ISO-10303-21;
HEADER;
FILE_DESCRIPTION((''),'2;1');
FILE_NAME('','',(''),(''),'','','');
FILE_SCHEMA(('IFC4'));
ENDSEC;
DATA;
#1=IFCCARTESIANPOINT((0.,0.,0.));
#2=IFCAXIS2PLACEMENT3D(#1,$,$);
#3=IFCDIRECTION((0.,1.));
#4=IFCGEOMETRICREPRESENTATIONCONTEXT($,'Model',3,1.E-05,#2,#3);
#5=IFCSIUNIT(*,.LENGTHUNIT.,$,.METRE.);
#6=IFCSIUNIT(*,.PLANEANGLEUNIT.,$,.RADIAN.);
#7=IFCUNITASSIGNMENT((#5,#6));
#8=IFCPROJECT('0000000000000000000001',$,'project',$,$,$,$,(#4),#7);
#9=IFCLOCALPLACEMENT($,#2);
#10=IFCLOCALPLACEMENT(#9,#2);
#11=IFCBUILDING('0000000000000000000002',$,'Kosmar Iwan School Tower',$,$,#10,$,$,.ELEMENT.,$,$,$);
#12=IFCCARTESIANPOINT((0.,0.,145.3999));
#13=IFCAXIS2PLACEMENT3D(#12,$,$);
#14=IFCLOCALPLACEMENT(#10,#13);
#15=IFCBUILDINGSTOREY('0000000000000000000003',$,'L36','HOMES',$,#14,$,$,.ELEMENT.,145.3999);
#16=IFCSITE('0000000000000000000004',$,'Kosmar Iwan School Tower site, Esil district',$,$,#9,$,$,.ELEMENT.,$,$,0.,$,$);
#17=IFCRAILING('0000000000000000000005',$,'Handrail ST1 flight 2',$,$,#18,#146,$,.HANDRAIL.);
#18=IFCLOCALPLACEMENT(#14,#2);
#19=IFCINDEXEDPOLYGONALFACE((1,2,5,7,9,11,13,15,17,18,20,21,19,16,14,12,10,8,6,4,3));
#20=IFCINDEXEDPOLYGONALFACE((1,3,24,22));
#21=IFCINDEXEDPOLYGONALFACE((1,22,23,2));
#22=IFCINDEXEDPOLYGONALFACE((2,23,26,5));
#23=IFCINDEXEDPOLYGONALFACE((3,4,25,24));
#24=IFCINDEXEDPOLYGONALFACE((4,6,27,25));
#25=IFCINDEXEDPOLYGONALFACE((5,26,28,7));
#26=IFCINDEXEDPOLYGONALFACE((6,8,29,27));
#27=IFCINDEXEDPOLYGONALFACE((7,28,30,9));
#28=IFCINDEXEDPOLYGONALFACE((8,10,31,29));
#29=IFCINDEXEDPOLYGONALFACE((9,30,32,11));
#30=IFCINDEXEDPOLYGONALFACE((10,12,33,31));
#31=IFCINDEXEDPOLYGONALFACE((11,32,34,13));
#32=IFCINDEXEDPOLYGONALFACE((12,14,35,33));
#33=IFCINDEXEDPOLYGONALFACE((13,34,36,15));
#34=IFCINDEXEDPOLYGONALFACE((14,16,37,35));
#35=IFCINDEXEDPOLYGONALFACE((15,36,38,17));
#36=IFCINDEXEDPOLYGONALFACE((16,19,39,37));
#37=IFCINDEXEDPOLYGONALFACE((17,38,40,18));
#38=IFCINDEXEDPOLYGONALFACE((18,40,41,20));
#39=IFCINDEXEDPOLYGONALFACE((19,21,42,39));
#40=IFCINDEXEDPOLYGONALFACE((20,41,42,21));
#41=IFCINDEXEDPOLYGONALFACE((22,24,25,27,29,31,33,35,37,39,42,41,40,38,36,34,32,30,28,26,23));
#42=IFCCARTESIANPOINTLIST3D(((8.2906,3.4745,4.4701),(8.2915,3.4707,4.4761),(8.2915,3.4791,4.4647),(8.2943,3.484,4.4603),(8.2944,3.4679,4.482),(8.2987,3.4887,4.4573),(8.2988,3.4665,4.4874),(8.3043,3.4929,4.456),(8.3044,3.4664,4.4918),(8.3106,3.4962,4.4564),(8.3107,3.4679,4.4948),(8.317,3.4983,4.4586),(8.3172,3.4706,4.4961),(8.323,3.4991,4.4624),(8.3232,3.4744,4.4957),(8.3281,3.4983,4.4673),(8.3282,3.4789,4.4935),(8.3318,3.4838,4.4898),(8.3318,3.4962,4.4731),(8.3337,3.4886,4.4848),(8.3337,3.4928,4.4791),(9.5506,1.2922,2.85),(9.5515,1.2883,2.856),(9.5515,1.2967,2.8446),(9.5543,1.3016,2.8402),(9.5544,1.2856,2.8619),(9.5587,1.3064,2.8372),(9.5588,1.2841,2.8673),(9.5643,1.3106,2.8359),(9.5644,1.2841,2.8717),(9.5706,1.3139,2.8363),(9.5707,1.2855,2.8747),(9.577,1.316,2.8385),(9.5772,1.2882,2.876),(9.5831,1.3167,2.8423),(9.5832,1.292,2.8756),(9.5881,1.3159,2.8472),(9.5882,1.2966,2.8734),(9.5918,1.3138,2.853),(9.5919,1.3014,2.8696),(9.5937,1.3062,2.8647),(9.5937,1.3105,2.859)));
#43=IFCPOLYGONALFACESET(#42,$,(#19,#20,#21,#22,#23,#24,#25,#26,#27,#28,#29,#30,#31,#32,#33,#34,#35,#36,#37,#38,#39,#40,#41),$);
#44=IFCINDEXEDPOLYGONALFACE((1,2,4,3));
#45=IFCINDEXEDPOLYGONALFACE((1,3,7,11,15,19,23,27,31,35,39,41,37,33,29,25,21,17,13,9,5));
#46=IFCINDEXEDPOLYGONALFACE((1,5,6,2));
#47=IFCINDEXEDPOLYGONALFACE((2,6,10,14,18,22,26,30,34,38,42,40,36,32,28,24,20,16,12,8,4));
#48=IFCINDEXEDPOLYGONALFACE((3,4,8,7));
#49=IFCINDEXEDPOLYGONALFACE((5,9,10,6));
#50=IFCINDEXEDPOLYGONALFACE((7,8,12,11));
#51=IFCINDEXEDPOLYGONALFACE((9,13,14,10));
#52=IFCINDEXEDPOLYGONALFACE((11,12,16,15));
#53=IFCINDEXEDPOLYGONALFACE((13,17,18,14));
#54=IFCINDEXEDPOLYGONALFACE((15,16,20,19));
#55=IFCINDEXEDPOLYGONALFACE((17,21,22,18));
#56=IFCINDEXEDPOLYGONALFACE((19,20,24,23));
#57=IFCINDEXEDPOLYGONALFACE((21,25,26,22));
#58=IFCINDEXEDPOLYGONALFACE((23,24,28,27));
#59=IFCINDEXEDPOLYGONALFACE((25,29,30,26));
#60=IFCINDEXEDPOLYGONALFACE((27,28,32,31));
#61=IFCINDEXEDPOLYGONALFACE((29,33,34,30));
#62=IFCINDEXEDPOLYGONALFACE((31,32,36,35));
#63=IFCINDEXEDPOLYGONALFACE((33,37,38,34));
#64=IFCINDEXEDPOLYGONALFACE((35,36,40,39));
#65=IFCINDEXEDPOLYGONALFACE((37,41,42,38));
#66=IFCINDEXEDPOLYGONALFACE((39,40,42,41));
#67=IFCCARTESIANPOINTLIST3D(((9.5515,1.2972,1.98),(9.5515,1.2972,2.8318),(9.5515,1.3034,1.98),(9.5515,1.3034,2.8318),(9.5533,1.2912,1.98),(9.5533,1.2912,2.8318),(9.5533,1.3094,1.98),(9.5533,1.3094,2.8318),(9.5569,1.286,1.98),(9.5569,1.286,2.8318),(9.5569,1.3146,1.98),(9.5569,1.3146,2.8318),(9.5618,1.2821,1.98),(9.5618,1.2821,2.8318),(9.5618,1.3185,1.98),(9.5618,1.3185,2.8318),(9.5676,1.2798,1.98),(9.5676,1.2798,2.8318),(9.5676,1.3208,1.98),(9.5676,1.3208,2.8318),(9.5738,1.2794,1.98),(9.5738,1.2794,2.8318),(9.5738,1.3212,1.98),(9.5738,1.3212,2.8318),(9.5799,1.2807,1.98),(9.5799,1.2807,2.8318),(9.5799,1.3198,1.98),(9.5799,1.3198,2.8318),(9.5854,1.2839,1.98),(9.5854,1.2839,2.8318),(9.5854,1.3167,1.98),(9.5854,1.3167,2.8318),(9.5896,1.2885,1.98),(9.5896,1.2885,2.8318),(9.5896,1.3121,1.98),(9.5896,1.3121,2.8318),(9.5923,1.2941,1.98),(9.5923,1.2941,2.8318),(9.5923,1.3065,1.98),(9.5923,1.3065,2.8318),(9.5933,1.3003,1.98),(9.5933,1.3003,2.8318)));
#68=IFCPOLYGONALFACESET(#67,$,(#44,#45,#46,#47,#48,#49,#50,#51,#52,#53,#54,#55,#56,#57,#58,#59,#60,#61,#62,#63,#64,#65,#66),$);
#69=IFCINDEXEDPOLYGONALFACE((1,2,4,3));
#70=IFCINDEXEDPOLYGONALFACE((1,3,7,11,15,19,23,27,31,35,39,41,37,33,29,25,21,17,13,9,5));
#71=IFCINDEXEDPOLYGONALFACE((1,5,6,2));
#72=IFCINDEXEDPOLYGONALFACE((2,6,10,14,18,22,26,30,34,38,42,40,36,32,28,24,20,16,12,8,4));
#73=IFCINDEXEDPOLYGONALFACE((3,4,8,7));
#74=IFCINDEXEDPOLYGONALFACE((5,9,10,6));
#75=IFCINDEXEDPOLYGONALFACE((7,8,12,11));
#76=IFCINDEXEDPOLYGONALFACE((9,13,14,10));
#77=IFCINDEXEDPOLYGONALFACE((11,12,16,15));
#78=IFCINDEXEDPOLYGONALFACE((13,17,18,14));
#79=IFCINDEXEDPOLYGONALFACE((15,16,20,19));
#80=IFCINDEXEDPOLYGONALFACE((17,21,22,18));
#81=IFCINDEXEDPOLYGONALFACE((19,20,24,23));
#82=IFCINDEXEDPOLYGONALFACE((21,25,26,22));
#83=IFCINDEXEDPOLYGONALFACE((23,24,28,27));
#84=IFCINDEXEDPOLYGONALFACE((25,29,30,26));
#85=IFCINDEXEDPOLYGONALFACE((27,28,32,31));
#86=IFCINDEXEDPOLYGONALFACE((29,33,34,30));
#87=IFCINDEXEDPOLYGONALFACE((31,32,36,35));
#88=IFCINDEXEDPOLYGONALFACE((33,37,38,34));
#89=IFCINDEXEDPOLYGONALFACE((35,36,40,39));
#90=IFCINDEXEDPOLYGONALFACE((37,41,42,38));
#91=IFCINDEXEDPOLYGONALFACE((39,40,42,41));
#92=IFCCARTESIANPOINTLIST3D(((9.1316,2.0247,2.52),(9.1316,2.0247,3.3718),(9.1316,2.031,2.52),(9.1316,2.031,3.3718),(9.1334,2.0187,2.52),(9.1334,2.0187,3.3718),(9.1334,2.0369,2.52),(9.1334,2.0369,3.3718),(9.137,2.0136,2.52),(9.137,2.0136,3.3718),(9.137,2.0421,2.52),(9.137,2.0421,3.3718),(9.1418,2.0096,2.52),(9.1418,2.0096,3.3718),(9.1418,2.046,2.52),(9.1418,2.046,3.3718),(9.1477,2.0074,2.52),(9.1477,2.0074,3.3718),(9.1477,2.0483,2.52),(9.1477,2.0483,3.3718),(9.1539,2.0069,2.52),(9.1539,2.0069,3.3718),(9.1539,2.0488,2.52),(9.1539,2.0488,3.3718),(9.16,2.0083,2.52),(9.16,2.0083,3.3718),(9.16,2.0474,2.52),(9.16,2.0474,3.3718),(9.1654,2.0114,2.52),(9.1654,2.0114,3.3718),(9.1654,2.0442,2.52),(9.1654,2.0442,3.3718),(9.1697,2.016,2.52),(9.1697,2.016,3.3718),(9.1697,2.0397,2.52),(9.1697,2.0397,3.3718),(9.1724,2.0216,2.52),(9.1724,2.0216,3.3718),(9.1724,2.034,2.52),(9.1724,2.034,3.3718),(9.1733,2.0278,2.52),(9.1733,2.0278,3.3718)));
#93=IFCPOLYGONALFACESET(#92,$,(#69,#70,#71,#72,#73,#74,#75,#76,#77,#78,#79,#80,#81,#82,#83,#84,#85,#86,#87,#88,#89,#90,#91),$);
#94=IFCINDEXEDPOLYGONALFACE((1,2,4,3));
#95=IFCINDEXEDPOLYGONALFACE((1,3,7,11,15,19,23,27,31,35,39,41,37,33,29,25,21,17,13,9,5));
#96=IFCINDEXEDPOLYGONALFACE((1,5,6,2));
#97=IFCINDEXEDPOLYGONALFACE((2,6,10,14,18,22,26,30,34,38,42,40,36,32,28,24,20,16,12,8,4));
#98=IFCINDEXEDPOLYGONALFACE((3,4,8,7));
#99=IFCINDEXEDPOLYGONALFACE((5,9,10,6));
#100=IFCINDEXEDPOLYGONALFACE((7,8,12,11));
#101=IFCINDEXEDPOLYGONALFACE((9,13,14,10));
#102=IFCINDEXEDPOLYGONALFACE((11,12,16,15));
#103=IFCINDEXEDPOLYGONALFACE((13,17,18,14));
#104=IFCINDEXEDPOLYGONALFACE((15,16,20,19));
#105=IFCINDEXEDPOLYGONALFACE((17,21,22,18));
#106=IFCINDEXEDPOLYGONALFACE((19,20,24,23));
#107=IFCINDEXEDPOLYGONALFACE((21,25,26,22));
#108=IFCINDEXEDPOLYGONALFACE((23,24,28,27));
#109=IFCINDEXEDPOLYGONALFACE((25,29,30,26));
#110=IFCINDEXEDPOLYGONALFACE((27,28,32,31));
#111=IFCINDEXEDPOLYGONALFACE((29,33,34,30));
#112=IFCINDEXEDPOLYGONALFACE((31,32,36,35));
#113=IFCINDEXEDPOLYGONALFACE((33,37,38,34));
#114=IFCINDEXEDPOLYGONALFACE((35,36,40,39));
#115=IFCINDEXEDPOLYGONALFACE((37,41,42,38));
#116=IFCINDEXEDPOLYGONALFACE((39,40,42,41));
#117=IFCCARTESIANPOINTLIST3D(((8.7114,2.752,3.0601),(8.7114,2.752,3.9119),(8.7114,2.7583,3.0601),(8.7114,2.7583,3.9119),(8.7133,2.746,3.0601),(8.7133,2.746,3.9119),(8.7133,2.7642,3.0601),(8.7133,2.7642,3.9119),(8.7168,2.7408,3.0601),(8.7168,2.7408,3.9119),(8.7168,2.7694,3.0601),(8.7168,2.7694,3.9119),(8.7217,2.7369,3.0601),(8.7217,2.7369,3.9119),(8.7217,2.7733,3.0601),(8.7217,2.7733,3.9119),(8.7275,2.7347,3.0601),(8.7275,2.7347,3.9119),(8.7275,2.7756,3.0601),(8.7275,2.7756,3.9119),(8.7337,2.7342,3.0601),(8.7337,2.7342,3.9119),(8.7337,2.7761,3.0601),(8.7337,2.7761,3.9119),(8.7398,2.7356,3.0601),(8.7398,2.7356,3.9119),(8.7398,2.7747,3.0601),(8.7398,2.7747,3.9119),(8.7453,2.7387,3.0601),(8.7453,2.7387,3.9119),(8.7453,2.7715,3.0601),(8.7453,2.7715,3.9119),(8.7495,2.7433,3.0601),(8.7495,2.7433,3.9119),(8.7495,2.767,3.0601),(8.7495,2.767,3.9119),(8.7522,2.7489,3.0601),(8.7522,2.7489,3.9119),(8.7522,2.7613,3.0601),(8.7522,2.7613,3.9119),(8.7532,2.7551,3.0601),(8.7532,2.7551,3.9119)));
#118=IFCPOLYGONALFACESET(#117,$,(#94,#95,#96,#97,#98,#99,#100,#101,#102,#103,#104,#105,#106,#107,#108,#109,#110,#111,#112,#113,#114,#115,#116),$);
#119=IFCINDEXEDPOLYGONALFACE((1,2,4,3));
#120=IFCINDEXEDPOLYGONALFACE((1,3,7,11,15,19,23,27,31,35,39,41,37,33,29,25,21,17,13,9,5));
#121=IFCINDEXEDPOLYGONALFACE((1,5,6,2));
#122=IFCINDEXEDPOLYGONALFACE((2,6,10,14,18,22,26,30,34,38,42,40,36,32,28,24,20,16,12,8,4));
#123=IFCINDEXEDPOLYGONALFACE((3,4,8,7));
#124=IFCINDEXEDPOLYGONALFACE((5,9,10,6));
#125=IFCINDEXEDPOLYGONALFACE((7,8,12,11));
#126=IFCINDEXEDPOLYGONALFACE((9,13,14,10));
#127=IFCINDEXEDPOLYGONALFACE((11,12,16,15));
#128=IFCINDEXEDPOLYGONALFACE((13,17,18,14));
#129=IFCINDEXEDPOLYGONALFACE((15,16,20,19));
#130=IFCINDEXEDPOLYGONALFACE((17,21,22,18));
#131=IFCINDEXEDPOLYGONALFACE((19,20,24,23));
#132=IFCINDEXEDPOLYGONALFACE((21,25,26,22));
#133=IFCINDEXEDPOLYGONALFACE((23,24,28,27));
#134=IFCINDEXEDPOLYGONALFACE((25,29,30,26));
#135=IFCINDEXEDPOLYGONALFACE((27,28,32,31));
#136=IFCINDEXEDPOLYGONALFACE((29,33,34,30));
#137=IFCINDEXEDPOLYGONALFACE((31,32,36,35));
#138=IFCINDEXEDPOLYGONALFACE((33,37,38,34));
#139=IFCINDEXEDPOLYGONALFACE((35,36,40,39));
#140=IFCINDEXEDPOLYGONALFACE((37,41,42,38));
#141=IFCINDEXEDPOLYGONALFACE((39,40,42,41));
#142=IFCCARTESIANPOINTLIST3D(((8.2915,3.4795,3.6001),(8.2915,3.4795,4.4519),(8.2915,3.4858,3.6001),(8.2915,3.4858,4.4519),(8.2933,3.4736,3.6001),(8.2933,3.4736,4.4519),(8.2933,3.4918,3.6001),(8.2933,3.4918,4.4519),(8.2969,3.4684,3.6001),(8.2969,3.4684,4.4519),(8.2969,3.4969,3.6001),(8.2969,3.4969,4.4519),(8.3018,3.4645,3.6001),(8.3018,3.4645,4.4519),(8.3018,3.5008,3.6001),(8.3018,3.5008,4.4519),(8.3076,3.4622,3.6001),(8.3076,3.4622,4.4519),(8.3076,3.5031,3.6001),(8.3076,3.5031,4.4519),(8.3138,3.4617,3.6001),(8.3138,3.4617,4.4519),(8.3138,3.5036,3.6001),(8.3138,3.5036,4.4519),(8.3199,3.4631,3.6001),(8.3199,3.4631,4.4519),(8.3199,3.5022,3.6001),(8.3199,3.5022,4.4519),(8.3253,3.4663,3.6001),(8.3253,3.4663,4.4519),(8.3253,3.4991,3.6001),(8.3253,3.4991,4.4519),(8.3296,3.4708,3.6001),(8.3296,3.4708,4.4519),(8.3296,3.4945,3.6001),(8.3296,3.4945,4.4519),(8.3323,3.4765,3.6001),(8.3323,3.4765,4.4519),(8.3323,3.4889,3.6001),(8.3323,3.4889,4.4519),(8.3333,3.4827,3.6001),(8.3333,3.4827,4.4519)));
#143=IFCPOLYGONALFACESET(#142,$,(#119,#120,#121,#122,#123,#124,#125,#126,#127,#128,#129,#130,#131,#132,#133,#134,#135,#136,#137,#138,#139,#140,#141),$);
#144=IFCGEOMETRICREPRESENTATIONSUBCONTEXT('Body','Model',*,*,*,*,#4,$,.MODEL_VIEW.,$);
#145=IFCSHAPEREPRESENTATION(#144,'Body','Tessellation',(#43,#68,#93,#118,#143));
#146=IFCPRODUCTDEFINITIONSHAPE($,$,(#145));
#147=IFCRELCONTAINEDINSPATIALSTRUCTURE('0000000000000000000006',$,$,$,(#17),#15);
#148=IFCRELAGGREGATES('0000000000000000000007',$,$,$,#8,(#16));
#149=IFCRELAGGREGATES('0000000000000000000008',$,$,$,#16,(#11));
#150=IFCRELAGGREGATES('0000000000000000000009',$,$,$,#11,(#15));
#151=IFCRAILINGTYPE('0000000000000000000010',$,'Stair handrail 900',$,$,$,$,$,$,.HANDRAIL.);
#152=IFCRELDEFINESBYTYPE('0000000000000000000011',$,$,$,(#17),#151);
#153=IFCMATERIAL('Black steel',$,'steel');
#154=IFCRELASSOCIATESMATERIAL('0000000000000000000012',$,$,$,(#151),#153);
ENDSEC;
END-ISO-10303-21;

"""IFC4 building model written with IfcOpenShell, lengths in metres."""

from ifc_helpers import new_model, si_unit, direction, frame, origin, origin_2d, place, context, subcontext, project, spatial, circle, extrude, material, type_object, element, save


model = new_model("IFC4")

# Units and contexts
model_context = context("Model", 3, precision=1e-05, world=origin(), true_north=direction((0.0, 1.0)))
body_context = subcontext(model_context, "Body", "Model", "MODEL_VIEW")
ifc_project = project(units=[si_unit("LENGTHUNIT", "METRE"), si_unit("PLANEANGLEUNIT", "RADIAN")], contexts=[model_context])

# Site, building, storey
site_placement = place(None, origin())
site = spatial("IfcSite", under=ifc_project, at=site_placement, Name="Kosmar Iwan School Tower site, Esil district", CompositionType="ELEMENT", RefElevation=0.0)
building_placement = place(site_placement, origin())
building = spatial("IfcBuilding", under=site, at=building_placement, Name="Kosmar Iwan School Tower", CompositionType="ELEMENT")
storey_placement = place(building_placement, frame((0.0, 0.0, 145.3999)))
storey = spatial("IfcBuildingStorey", under=building, at=storey_placement, Name="L36", Description="HOMES", CompositionType="ELEMENT", Elevation=145.3999)

# Railing
ifc_material_1 = material(Name="Black steel", Category="steel")
railing_type = type_object("IfcRailingType", Name="Stair handrail 900", PredefinedType="HANDRAIL", material=ifc_material_1)
railing_1_placement = place(storey_placement, frame((9.5723, 1.3003, 1.98)))
element("IfcRailing", 1, at=railing_1_placement, inside=storey, type_object=railing_type, Name="Handrail ST1 flight 2", PredefinedType="HANDRAIL", context=body_context, shape_type="SweptSolid", body=[
    extrude(circle(Radius=0.0239, at=origin_2d()), frame((0.0, 0.0, 0.876), z_axis=(-0.420584, 0.728464, 0.540786), x_axis=(-0.866023, -0.500005, 0.0)), (0.0, 0.0, 1.0), 2.9958),
    extrude(circle(Radius=0.021, at=origin_2d()), origin(), (0.0, 0.0, 1.0), 0.8518),
    extrude(circle(Radius=0.021, at=origin_2d()), frame((-0.4199, 0.7275, 0.54)), (0.0, 0.0, 1.0), 0.8518),
    extrude(circle(Radius=0.021, at=origin_2d()), frame((-0.8401, 1.4548, 1.0801)), (0.0, 0.0, 1.0), 0.8518),
    extrude(circle(Radius=0.021, at=origin_2d()), frame((-1.26, 2.1824, 1.6201)), (0.0, 0.0, 1.0), 0.8518),
])

save(model, "model.ifc")
